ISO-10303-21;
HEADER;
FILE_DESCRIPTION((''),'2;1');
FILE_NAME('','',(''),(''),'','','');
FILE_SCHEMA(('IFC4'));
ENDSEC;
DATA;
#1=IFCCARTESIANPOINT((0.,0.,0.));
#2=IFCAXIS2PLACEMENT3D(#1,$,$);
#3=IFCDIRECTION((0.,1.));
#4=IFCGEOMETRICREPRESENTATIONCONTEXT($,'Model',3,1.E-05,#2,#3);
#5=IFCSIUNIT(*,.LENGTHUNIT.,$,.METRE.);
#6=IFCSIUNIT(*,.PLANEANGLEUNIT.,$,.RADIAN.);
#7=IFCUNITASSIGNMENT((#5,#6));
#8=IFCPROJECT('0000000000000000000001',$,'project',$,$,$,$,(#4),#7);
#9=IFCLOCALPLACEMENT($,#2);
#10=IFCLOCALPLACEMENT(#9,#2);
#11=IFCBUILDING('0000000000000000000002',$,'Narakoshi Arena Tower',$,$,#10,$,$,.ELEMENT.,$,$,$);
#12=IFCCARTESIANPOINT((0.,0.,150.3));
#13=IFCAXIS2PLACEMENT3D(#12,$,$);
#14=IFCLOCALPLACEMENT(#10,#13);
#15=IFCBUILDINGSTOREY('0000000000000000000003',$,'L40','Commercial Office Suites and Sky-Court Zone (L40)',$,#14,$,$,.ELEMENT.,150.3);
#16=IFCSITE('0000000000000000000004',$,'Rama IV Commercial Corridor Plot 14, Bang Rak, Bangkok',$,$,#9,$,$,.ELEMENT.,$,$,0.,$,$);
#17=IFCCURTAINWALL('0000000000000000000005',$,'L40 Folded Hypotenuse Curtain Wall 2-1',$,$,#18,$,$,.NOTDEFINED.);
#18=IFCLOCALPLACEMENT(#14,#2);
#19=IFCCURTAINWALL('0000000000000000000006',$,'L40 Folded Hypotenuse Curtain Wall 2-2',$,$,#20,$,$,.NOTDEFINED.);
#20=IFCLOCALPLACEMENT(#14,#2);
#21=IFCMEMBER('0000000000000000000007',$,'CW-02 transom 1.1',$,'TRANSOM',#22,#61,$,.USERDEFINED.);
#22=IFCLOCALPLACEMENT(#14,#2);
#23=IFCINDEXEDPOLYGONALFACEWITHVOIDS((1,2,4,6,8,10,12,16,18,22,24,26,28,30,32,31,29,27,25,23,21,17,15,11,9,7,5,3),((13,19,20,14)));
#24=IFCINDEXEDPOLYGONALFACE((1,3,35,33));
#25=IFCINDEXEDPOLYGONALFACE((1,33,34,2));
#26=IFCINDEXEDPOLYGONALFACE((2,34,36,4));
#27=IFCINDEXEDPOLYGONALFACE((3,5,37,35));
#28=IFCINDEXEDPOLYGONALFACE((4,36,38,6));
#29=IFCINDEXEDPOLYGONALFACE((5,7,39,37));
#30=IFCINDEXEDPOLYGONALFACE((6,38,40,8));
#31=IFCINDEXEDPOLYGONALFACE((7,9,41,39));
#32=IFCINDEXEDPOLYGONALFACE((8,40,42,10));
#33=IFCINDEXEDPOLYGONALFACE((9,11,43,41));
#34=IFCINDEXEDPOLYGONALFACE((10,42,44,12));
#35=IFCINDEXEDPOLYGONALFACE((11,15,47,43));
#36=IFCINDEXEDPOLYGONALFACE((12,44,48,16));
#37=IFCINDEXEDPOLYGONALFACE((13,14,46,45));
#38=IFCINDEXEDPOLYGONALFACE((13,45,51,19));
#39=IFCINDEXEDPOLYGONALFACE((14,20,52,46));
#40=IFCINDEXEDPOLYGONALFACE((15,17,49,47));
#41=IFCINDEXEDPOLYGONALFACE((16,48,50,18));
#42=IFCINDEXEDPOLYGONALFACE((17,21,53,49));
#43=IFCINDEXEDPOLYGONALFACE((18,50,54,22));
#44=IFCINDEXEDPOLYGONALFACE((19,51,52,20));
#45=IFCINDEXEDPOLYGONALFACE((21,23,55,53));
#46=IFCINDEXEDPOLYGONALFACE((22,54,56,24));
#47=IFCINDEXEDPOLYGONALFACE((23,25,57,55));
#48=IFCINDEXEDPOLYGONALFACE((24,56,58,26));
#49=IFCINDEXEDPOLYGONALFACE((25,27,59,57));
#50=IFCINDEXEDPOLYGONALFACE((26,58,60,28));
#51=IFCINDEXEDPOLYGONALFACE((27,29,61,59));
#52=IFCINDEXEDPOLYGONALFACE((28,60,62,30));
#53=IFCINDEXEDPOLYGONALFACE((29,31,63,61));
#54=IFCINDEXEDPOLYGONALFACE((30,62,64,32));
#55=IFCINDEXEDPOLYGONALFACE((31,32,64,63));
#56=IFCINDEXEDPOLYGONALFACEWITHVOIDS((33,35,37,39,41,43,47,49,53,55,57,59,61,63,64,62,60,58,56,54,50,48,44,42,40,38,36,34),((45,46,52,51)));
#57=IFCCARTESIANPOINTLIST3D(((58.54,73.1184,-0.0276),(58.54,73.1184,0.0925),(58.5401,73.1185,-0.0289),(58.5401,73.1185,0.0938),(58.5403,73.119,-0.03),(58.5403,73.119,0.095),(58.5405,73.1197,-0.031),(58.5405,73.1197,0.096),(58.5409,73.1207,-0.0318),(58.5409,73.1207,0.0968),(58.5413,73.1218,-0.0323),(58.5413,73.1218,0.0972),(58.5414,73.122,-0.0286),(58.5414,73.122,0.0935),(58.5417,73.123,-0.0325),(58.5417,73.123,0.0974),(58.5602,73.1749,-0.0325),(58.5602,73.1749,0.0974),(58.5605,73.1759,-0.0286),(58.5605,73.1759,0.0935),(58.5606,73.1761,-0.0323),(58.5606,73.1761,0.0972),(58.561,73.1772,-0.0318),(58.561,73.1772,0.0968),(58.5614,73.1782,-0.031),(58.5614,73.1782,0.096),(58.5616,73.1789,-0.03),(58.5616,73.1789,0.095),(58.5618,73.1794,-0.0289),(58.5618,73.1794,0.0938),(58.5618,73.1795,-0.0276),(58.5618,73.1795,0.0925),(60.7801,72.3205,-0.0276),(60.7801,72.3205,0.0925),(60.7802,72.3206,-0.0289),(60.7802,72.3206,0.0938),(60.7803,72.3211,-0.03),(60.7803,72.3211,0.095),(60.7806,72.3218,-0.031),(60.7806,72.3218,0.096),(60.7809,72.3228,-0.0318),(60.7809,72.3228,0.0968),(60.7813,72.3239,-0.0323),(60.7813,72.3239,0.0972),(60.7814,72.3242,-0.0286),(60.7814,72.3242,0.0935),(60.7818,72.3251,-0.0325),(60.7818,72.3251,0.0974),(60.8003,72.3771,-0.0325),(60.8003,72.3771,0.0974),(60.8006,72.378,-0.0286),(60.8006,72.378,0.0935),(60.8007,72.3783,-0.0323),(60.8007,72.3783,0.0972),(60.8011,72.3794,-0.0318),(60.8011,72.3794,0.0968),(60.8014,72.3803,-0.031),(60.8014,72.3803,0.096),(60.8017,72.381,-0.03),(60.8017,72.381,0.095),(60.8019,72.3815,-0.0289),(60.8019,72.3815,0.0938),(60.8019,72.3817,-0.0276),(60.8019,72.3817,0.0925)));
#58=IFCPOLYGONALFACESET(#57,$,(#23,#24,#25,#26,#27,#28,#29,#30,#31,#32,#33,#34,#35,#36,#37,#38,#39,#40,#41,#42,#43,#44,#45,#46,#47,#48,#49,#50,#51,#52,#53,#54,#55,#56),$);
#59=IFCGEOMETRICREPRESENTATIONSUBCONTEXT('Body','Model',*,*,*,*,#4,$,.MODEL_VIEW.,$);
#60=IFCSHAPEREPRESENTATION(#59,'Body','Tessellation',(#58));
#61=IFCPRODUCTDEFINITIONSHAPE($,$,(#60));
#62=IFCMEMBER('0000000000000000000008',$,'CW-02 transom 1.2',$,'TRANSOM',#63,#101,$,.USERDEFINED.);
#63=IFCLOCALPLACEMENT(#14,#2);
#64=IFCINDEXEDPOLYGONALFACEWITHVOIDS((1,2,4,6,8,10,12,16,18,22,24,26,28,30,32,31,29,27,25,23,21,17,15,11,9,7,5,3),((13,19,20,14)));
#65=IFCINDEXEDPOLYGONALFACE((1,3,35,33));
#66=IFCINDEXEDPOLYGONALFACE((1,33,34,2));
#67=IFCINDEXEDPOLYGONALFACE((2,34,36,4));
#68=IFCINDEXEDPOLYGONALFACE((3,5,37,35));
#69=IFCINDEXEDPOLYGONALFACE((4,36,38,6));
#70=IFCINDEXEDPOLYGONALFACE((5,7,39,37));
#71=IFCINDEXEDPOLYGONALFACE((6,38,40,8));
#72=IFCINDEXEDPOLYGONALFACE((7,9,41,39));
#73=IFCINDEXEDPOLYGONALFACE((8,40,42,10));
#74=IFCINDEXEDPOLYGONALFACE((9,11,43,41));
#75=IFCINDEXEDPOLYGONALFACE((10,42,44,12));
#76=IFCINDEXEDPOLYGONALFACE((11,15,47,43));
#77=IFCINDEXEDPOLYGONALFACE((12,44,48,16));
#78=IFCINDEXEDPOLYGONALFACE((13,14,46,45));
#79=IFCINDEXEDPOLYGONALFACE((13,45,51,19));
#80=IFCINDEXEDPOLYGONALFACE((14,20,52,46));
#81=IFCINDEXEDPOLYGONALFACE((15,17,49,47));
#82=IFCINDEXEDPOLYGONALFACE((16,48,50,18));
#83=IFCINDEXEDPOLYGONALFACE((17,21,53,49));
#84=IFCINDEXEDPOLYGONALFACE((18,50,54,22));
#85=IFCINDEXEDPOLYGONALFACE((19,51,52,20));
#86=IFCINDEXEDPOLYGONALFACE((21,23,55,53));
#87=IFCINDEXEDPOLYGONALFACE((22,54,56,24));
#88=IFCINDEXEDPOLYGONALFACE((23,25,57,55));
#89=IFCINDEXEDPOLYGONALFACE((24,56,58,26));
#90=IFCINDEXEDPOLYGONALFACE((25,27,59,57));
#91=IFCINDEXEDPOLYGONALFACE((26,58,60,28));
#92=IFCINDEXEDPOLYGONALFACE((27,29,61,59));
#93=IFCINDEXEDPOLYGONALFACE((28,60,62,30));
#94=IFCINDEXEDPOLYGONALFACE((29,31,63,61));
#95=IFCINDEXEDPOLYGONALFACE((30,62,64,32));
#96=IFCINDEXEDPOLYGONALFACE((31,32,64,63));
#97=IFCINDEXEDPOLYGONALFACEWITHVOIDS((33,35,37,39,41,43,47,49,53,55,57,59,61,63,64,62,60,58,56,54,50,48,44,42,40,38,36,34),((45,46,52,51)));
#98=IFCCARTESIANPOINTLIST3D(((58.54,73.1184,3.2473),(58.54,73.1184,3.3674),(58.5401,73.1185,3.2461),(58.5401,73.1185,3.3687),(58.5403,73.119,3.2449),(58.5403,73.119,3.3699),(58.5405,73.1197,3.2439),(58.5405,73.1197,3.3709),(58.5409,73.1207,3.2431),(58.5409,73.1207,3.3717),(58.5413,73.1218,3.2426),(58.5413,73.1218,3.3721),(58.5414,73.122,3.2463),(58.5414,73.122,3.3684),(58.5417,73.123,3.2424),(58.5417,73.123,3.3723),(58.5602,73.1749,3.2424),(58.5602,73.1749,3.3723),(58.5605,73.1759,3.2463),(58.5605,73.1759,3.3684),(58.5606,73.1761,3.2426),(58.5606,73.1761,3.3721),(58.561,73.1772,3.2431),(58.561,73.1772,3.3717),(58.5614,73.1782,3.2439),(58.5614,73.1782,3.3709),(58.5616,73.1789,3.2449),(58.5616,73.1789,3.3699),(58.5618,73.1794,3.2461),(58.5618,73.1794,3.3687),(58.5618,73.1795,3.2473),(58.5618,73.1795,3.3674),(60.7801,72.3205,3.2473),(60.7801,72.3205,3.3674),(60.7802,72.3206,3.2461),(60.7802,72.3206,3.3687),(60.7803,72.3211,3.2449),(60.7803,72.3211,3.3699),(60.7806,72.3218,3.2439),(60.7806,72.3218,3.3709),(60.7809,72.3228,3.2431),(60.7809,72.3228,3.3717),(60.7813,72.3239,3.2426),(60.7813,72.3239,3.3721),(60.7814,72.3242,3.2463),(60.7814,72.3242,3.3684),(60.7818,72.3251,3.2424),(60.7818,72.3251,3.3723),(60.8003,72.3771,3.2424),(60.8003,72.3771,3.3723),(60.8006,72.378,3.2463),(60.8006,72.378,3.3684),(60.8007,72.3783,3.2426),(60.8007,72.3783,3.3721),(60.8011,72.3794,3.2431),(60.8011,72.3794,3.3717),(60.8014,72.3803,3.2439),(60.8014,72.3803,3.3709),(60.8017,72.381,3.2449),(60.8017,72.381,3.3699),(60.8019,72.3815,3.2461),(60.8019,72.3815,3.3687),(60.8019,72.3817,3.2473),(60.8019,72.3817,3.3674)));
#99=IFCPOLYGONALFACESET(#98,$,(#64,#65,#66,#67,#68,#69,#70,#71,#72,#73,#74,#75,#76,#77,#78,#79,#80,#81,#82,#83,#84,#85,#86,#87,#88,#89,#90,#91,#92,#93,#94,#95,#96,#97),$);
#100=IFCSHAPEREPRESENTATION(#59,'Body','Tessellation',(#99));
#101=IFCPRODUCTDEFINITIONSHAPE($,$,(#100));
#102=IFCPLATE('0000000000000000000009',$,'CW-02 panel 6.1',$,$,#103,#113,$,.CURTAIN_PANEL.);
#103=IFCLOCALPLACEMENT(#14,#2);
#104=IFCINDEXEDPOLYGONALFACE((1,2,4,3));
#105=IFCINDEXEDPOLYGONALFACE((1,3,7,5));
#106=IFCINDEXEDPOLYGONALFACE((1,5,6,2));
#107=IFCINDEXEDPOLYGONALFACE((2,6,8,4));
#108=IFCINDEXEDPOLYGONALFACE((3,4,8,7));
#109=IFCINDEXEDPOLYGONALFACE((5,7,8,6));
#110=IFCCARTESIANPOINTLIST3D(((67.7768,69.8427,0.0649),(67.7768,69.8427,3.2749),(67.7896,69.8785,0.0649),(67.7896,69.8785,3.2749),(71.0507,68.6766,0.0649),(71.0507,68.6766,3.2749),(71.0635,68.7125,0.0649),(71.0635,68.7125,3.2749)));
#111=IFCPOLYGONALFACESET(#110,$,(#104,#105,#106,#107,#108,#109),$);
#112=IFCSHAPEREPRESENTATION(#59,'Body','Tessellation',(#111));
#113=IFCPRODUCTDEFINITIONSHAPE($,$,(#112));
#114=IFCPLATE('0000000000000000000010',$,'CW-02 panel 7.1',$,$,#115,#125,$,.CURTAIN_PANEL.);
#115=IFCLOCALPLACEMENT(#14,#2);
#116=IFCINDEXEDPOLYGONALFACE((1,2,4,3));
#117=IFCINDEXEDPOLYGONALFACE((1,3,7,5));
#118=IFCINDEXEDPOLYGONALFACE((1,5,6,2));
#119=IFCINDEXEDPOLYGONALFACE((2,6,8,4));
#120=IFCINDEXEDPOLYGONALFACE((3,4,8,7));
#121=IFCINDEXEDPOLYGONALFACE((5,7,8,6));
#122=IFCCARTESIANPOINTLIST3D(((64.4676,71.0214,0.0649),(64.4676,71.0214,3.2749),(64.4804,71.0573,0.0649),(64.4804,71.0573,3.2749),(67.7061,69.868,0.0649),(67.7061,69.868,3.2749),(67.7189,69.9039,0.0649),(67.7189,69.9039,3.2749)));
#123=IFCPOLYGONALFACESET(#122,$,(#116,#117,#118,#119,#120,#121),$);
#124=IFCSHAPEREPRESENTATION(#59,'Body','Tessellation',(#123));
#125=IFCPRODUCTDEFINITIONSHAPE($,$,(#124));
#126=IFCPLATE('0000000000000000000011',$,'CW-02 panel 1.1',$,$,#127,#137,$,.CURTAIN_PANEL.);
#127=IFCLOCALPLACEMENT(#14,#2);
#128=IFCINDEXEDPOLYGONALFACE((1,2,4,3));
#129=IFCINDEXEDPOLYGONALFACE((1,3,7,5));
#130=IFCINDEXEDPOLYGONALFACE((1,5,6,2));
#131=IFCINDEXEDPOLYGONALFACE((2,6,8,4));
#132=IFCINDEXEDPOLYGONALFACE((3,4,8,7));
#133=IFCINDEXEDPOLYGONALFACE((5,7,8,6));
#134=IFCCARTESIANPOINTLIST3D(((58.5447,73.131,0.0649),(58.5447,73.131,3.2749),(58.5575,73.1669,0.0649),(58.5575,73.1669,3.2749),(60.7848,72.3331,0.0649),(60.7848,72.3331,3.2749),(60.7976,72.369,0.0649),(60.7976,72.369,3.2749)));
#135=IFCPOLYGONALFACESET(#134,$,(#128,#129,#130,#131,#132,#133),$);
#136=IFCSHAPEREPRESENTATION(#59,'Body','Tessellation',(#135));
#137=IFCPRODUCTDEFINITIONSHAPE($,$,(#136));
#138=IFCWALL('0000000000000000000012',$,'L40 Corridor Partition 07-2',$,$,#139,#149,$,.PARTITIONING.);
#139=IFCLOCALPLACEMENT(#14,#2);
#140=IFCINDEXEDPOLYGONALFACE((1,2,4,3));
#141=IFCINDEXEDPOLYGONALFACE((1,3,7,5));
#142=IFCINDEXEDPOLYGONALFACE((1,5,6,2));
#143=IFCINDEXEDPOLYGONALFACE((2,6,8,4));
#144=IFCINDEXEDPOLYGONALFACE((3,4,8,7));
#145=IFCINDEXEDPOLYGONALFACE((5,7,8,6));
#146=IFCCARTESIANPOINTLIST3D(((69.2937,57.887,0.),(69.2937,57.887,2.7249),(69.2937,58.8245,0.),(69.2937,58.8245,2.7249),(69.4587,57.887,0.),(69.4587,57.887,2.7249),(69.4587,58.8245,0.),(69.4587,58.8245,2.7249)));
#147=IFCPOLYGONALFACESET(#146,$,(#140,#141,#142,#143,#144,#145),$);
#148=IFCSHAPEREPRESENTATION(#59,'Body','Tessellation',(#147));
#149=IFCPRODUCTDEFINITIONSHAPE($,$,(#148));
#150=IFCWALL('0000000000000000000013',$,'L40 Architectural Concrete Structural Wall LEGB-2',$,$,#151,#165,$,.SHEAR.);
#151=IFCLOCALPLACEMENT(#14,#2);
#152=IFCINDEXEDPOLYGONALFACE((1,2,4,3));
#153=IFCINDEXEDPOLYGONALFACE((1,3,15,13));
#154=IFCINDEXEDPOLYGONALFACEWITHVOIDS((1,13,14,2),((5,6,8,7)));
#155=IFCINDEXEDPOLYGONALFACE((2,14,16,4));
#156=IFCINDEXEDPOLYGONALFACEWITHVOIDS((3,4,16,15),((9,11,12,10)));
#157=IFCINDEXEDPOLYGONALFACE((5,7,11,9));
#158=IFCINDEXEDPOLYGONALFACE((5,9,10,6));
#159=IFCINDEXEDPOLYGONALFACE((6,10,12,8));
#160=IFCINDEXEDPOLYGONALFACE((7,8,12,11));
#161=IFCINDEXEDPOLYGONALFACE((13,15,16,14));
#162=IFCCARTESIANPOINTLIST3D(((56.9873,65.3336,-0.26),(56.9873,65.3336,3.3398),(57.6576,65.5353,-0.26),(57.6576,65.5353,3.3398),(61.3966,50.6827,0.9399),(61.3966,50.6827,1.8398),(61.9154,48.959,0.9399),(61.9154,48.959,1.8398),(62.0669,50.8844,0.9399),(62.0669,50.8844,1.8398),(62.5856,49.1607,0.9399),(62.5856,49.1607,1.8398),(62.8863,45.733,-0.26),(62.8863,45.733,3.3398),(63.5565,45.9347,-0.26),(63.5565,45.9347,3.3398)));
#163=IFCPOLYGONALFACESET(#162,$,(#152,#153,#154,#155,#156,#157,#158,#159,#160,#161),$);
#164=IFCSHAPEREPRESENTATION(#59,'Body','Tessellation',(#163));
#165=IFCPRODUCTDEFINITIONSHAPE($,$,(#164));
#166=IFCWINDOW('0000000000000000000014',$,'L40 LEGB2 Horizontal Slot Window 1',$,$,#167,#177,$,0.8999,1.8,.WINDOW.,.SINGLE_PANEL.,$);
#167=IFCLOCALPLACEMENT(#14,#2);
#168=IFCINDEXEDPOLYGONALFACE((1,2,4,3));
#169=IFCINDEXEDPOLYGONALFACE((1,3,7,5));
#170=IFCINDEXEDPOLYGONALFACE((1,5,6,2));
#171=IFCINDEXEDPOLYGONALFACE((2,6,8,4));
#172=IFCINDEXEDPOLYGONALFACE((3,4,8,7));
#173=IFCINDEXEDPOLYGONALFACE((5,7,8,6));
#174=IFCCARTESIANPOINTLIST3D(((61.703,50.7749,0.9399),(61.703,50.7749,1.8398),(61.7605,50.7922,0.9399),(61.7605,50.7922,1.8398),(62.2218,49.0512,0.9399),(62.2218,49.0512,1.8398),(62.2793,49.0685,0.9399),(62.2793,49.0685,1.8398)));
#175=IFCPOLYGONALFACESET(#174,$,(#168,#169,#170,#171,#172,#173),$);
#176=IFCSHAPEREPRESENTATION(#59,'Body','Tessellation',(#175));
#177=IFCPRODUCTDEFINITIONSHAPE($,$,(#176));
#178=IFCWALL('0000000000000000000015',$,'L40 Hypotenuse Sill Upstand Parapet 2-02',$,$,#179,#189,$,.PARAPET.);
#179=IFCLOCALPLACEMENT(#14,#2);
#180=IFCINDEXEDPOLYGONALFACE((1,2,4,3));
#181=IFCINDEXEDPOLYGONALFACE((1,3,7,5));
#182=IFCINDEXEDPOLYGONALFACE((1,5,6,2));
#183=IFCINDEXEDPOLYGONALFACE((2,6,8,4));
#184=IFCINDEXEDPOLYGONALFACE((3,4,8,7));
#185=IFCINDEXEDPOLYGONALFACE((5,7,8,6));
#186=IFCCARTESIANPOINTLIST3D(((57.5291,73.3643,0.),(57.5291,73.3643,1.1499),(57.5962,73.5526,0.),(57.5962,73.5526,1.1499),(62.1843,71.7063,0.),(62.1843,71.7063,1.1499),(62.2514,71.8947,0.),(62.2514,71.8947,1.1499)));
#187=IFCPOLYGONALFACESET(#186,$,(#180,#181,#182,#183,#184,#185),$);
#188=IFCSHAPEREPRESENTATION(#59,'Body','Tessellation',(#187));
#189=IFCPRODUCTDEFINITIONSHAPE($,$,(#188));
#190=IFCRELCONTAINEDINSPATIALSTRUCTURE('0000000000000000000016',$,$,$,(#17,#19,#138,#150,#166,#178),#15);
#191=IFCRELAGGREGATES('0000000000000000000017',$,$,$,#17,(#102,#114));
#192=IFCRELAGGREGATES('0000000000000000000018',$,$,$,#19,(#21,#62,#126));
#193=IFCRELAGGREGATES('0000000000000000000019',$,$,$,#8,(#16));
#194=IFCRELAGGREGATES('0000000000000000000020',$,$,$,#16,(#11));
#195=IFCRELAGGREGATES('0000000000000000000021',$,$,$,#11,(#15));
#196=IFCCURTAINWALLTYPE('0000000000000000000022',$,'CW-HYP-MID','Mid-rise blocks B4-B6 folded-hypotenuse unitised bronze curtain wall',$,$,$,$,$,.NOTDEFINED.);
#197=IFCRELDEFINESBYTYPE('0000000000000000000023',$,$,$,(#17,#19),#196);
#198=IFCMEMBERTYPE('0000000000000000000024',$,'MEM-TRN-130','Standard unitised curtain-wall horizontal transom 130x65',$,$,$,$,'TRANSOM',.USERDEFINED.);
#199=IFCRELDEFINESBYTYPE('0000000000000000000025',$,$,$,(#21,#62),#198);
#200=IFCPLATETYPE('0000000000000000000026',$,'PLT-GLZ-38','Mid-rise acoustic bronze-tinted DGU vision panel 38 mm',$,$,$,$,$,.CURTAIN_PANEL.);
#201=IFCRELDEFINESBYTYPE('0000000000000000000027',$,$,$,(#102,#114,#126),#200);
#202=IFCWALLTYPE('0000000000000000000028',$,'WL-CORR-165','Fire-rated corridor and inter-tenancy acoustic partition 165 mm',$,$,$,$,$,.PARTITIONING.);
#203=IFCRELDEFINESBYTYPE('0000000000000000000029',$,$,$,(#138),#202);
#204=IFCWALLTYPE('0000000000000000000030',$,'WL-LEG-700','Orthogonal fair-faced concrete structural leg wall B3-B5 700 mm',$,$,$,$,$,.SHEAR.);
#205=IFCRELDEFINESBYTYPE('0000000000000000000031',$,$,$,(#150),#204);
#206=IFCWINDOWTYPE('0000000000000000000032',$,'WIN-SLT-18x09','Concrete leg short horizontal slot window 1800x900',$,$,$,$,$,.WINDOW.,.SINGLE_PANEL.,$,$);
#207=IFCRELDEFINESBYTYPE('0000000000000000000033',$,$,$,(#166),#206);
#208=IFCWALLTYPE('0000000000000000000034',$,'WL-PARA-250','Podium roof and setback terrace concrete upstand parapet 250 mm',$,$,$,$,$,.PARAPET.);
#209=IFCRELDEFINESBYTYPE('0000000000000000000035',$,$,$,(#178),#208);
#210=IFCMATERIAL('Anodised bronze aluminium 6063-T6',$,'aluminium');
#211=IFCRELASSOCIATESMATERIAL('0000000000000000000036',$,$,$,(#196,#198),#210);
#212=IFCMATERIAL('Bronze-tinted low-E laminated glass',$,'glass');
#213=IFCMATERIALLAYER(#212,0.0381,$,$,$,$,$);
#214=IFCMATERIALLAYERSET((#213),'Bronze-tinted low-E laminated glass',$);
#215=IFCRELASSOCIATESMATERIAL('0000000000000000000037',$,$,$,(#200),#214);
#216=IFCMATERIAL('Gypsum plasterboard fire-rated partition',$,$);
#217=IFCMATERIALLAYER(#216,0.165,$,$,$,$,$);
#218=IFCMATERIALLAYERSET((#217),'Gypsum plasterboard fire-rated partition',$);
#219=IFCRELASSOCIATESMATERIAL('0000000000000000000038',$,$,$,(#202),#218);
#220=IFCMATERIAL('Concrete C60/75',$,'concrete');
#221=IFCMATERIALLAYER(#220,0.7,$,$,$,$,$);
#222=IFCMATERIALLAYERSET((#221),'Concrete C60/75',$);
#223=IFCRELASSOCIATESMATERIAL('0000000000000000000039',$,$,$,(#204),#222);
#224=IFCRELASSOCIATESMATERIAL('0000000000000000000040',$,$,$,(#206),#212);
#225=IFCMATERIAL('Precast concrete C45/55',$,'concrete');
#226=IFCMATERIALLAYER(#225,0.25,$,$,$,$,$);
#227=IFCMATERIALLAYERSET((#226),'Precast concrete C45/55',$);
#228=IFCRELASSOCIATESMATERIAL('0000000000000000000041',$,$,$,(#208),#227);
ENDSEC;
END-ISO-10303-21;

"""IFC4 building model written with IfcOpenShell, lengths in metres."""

from ifc_helpers import new_model, si_unit, direction, frame, frame_2d, origin, origin_2d, place, context, subcontext, project, spatial, rectangle, hollow_rectangle, extrude, material, layer, layer_set, material_profile, profile_set, type_object, element, fill, aggregate, save


model = new_model("IFC4")

# Units and contexts
model_context = context("Model", 3, precision=1e-05, world=origin(), true_north=direction((0.0, 1.0)))
body_context = subcontext(model_context, "Body", "Model", "MODEL_VIEW")
ifc_project = project(units=[si_unit("LENGTHUNIT", "METRE"), si_unit("PLANEANGLEUNIT", "RADIAN")], contexts=[model_context])

# Site, building, storey
site_placement = place(None, origin())
site = spatial("IfcSite", under=ifc_project, at=site_placement, Name="Rama IV Commercial Corridor Plot 14, Bang Rak, Bangkok", CompositionType="ELEMENT", RefElevation=0.0)
building_placement = place(site_placement, origin())
building = spatial("IfcBuilding", under=site, at=building_placement, Name="Narakoshi Arena Tower", CompositionType="ELEMENT")
storey_placement = place(building_placement, frame((0.0, 0.0, 150.3)))
storey = spatial("IfcBuildingStorey", under=building, at=storey_placement, Name="L40", Description="Commercial Office Suites and Sky-Court Zone (L40)", CompositionType="ELEMENT", Elevation=150.3)

# Shared definitions
ifc_material_1 = material(Name="Concrete C60/75", Category="concrete")

# Curtain walls
ifc_material_2 = material(Name="Anodised bronze aluminium 6063-T6", Category="aluminium")
curtain_wall_type = type_object("IfcCurtainWallType", Name="CW-HYP-MID", Description="Mid-rise blocks B4-B6 folded-hypotenuse unitised bronze curtain wall", PredefinedType="NOTDEFINED", material=ifc_material_2)
curtain_wall_1_placement = place(storey_placement, origin())
curtain_wall_1 = element("IfcCurtainWall", 1, at=curtain_wall_1_placement, inside=storey, type_object=curtain_wall_type, Name="L40 Folded Hypotenuse Curtain Wall 2-1", PredefinedType="NOTDEFINED")
curtain_wall_2_placement = place(storey_placement, origin())
curtain_wall_2 = element("IfcCurtainWall", 2, at=curtain_wall_2_placement, inside=storey, type_object=curtain_wall_type, Name="L40 Folded Hypotenuse Curtain Wall 2-2", PredefinedType="NOTDEFINED")

# Members
ifc_material_profile_1 = material_profile(ifc_material_2, hollow_rectangle(XDim=0.0649, YDim=0.1299, WallThickness=0.0039, OuterFilletRadius=0.0049, at=origin_2d()), Name="TRN130x65x4")
ifc_profile_set_1 = profile_set([ifc_material_profile_1], Name="Anodised bronze aluminium 6063-T6")
member_type_1 = type_object("IfcMemberType", Name="MEM-TRN-130", Description="Standard unitised curtain-wall horizontal transom 130x65", ElementType="TRANSOM", PredefinedType="USERDEFINED", material=ifc_profile_set_1)
member_1_placement = place(storey_placement, frame((60.791, 72.3511, 0.0325), z_axis=(-0.942027, 0.335536, 0.0), x_axis=(-0.335536, -0.942027, 0.0)))
member_1 = element("IfcMember", 3, at=member_1_placement, type_object=member_type_1, Name="CW-02 transom 1.1", ObjectType="TRANSOM", PredefinedType="USERDEFINED", context=body_context, shape_type="SweptSolid", body=[
    extrude(hollow_rectangle(XDim=0.0649, YDim=0.1299, WallThickness=0.0039, OuterFilletRadius=0.0049, at=origin_2d()), origin(), (0.0, 0.0, 1.0), 2.3779),
])
member_2_placement = place(storey_placement, frame((60.791, 72.3511, 3.3074), z_axis=(-0.942027, 0.335536, 0.0), x_axis=(-0.335536, -0.942027, 0.0)))
member_2 = element("IfcMember", 4, at=member_2_placement, type_object=member_type_1, Name="CW-02 transom 1.2", ObjectType="TRANSOM", PredefinedType="USERDEFINED", context=body_context, shape_type="SweptSolid", body=[
    extrude(hollow_rectangle(XDim=0.0649, YDim=0.1299, WallThickness=0.0039, OuterFilletRadius=0.0049, at=origin_2d()), origin(), (0.0, 0.0, 1.0), 2.3779),
])

# Plates
ifc_material_3 = material(Name="Bronze-tinted low-E laminated glass", Category="glass")
ifc_layer_1 = layer(ifc_material_3, 0.0381)
ifc_layer_set_1 = layer_set([ifc_layer_1], Name="Bronze-tinted low-E laminated glass")
plate_type = type_object("IfcPlateType", Name="PLT-GLZ-38", Description="Mid-rise acoustic bronze-tinted DGU vision panel 38 mm", PredefinedType="CURTAIN_PANEL", material=ifc_layer_set_1)
plate_1_placement = place(storey_placement, frame((69.4202, 69.2776, 0.0649), z_axis=(0.0, 0.0, 1.0), x_axis=(-0.942034, 0.335518, 0.0)))
plate_1 = element("IfcPlate", 5, at=plate_1_placement, type_object=plate_type, Name="CW-02 panel 6.1", PredefinedType="CURTAIN_PANEL", context=body_context, shape_type="SweptSolid", body=[
    extrude(rectangle(XDim=3.4753, YDim=0.0381, at=origin_2d()), origin(), (0.0, 0.0, 1.0), 3.21),
])
plate_2_placement = place(storey_placement, frame((66.0933, 70.4626, 0.0649), z_axis=(0.0, 0.0, 1.0), x_axis=(-0.942034, 0.335518, 0.0)))
plate_2 = element("IfcPlate", 6, at=plate_2_placement, type_object=plate_type, Name="CW-02 panel 7.1", PredefinedType="CURTAIN_PANEL", context=body_context, shape_type="SweptSolid", body=[
    extrude(rectangle(XDim=3.4377, YDim=0.0381, at=origin_2d()), origin(), (0.0, 0.0, 1.0), 3.21),
])
aggregate(curtain_wall_1, [plate_1, plate_2])
plate_3_placement = place(storey_placement, frame((59.6711, 72.75, 0.0649), z_axis=(0.0, 0.0, 1.0), x_axis=(-0.942025, 0.335542, 0.0)))
plate_3 = element("IfcPlate", 7, at=plate_3_placement, type_object=plate_type, Name="CW-02 panel 1.1", PredefinedType="CURTAIN_PANEL", context=body_context, shape_type="SweptSolid", body=[
    extrude(rectangle(XDim=2.3779, YDim=0.0381, at=origin_2d()), origin(), (0.0, 0.0, 1.0), 3.21),
])
aggregate(curtain_wall_2, [member_1, member_2, plate_3])

# Wall
ifc_material_4 = material(Name="Gypsum plasterboard fire-rated partition")
ifc_layer_2 = layer(ifc_material_4, 0.165)
ifc_layer_set_2 = layer_set([ifc_layer_2], Name="Gypsum plasterboard fire-rated partition")
wall_type_1 = type_object("IfcWallType", Name="WL-CORR-165", Description="Fire-rated corridor and inter-tenancy acoustic partition 165 mm", PredefinedType="PARTITIONING", material=ifc_layer_set_2)
wall_1_placement = place(storey_placement, frame((69.3762, 58.8245, 0.0), z_axis=(0.0, 0.0, 1.0), x_axis=(0.0, -1.0, 0.0)))
element("IfcWall", 8, at=wall_1_placement, inside=storey, type_object=wall_type_1, Name="L40 Corridor Partition 07-2", PredefinedType="PARTITIONING", context=body_context, shape_type="SweptSolid", body=[
    extrude(rectangle(XDim=0.9375, YDim=0.165, at=frame_2d((0.4688, 0.0))), origin(), (0.0, 0.0, 1.0), 2.7249),
])

# Wall, opening, window
ifc_layer_3 = layer(ifc_material_1, 0.7)
ifc_layer_set_3 = layer_set([ifc_layer_3], Name="Concrete C60/75")
wall_type_2 = type_object("IfcWallType", Name="WL-LEG-700", Description="Orthogonal fair-faced concrete structural leg wall B3-B5 700 mm", PredefinedType="SHEAR", material=ifc_layer_set_3)
wall_2_placement = place(storey_placement, frame((57.3225, 65.4343, -0.26), z_axis=(0.0, 0.0, 1.0), x_axis=(0.288188, -0.957574, 0.0)))
wall_2 = element("IfcWall", 9, at=wall_2_placement, inside=storey, type_object=wall_type_2, Name="L40 Architectural Concrete Structural Wall LEGB-2", PredefinedType="SHEAR", context=body_context, shape_type="SweptSolid", body=[
    extrude(rectangle(XDim=20.469, YDim=0.7, at=frame_2d((10.2344, 0.0))), origin(), (0.0, 0.0, 1.0), 3.5999),
])
opening_1_placement = place(wall_2_placement, frame((15.3, 0.0, 1.2)))
opening_1 = element("IfcOpeningElement", 10, at=opening_1_placement, cuts=wall_2, PredefinedType="OPENING", context=body_context, shape_type="SweptSolid", body=[
    extrude(rectangle(XDim=1.8, YDim=0.8999, at=frame_2d((0.8999, 0.45))), frame((0.0, 0.3599, 0.0), z_axis=(0.0, -1.0, 0.0), x_axis=(1.0, 0.0, 0.0)), (0.0, 0.0, 1.0), 0.72),
])
window_type_1 = type_object("IfcWindowType", Name="WIN-SLT-18x09", Description="Concrete leg short horizontal slot window 1800x900", PartitioningType="SINGLE_PANEL", PredefinedType="WINDOW", material=ifc_material_3)
window_1_placement = place(opening_1_placement, origin())
window_1 = element("IfcWindow", 11, at=window_1_placement, inside=storey, type_object=window_type_1, Name="L40 LEGB2 Horizontal Slot Window 1", OverallHeight=0.8999, OverallWidth=1.8, PartitioningType="SINGLE_PANEL", PredefinedType="WINDOW", context=body_context, shape_type="SweptSolid", body=[
    extrude(rectangle(XDim=1.8, YDim=0.8999, at=frame_2d((0.8999, 0.45))), frame((0.0, 0.03, 0.0), z_axis=(0.0, -1.0, 0.0), x_axis=(1.0, 0.0, 0.0)), (0.0, 0.0, 1.0), 0.0601),
])
fill(opening_1, window_1)

# Wall
ifc_material_5 = material(Name="Precast concrete C45/55", Category="concrete")
ifc_layer_4 = layer(ifc_material_5, 0.25)
ifc_layer_set_4 = layer_set([ifc_layer_4], Name="Precast concrete C45/55")
wall_type_3 = type_object("IfcWallType", Name="WL-PARA-250", Description="Podium roof and setback terrace concrete upstand parapet 250 mm", PredefinedType="PARAPET", material=ifc_layer_set_4)
wall_3_placement = place(storey_placement, frame((62.2178, 71.8005, 0.0), z_axis=(0.0, 0.0, 1.0), x_axis=(-0.942039, 0.335504, 0.0)))
element("IfcWall", 12, at=wall_3_placement, inside=storey, type_object=wall_type_3, Name="L40 Hypotenuse Sill Upstand Parapet 2-02", PredefinedType="PARAPET", context=body_context, shape_type="SweptSolid", body=[
    extrude(rectangle(XDim=4.9417, YDim=0.2, at=frame_2d((2.4707, 0.0))), origin(), (0.0, 0.0, 1.0), 1.1499),
])

save(model, "model.ifc")
